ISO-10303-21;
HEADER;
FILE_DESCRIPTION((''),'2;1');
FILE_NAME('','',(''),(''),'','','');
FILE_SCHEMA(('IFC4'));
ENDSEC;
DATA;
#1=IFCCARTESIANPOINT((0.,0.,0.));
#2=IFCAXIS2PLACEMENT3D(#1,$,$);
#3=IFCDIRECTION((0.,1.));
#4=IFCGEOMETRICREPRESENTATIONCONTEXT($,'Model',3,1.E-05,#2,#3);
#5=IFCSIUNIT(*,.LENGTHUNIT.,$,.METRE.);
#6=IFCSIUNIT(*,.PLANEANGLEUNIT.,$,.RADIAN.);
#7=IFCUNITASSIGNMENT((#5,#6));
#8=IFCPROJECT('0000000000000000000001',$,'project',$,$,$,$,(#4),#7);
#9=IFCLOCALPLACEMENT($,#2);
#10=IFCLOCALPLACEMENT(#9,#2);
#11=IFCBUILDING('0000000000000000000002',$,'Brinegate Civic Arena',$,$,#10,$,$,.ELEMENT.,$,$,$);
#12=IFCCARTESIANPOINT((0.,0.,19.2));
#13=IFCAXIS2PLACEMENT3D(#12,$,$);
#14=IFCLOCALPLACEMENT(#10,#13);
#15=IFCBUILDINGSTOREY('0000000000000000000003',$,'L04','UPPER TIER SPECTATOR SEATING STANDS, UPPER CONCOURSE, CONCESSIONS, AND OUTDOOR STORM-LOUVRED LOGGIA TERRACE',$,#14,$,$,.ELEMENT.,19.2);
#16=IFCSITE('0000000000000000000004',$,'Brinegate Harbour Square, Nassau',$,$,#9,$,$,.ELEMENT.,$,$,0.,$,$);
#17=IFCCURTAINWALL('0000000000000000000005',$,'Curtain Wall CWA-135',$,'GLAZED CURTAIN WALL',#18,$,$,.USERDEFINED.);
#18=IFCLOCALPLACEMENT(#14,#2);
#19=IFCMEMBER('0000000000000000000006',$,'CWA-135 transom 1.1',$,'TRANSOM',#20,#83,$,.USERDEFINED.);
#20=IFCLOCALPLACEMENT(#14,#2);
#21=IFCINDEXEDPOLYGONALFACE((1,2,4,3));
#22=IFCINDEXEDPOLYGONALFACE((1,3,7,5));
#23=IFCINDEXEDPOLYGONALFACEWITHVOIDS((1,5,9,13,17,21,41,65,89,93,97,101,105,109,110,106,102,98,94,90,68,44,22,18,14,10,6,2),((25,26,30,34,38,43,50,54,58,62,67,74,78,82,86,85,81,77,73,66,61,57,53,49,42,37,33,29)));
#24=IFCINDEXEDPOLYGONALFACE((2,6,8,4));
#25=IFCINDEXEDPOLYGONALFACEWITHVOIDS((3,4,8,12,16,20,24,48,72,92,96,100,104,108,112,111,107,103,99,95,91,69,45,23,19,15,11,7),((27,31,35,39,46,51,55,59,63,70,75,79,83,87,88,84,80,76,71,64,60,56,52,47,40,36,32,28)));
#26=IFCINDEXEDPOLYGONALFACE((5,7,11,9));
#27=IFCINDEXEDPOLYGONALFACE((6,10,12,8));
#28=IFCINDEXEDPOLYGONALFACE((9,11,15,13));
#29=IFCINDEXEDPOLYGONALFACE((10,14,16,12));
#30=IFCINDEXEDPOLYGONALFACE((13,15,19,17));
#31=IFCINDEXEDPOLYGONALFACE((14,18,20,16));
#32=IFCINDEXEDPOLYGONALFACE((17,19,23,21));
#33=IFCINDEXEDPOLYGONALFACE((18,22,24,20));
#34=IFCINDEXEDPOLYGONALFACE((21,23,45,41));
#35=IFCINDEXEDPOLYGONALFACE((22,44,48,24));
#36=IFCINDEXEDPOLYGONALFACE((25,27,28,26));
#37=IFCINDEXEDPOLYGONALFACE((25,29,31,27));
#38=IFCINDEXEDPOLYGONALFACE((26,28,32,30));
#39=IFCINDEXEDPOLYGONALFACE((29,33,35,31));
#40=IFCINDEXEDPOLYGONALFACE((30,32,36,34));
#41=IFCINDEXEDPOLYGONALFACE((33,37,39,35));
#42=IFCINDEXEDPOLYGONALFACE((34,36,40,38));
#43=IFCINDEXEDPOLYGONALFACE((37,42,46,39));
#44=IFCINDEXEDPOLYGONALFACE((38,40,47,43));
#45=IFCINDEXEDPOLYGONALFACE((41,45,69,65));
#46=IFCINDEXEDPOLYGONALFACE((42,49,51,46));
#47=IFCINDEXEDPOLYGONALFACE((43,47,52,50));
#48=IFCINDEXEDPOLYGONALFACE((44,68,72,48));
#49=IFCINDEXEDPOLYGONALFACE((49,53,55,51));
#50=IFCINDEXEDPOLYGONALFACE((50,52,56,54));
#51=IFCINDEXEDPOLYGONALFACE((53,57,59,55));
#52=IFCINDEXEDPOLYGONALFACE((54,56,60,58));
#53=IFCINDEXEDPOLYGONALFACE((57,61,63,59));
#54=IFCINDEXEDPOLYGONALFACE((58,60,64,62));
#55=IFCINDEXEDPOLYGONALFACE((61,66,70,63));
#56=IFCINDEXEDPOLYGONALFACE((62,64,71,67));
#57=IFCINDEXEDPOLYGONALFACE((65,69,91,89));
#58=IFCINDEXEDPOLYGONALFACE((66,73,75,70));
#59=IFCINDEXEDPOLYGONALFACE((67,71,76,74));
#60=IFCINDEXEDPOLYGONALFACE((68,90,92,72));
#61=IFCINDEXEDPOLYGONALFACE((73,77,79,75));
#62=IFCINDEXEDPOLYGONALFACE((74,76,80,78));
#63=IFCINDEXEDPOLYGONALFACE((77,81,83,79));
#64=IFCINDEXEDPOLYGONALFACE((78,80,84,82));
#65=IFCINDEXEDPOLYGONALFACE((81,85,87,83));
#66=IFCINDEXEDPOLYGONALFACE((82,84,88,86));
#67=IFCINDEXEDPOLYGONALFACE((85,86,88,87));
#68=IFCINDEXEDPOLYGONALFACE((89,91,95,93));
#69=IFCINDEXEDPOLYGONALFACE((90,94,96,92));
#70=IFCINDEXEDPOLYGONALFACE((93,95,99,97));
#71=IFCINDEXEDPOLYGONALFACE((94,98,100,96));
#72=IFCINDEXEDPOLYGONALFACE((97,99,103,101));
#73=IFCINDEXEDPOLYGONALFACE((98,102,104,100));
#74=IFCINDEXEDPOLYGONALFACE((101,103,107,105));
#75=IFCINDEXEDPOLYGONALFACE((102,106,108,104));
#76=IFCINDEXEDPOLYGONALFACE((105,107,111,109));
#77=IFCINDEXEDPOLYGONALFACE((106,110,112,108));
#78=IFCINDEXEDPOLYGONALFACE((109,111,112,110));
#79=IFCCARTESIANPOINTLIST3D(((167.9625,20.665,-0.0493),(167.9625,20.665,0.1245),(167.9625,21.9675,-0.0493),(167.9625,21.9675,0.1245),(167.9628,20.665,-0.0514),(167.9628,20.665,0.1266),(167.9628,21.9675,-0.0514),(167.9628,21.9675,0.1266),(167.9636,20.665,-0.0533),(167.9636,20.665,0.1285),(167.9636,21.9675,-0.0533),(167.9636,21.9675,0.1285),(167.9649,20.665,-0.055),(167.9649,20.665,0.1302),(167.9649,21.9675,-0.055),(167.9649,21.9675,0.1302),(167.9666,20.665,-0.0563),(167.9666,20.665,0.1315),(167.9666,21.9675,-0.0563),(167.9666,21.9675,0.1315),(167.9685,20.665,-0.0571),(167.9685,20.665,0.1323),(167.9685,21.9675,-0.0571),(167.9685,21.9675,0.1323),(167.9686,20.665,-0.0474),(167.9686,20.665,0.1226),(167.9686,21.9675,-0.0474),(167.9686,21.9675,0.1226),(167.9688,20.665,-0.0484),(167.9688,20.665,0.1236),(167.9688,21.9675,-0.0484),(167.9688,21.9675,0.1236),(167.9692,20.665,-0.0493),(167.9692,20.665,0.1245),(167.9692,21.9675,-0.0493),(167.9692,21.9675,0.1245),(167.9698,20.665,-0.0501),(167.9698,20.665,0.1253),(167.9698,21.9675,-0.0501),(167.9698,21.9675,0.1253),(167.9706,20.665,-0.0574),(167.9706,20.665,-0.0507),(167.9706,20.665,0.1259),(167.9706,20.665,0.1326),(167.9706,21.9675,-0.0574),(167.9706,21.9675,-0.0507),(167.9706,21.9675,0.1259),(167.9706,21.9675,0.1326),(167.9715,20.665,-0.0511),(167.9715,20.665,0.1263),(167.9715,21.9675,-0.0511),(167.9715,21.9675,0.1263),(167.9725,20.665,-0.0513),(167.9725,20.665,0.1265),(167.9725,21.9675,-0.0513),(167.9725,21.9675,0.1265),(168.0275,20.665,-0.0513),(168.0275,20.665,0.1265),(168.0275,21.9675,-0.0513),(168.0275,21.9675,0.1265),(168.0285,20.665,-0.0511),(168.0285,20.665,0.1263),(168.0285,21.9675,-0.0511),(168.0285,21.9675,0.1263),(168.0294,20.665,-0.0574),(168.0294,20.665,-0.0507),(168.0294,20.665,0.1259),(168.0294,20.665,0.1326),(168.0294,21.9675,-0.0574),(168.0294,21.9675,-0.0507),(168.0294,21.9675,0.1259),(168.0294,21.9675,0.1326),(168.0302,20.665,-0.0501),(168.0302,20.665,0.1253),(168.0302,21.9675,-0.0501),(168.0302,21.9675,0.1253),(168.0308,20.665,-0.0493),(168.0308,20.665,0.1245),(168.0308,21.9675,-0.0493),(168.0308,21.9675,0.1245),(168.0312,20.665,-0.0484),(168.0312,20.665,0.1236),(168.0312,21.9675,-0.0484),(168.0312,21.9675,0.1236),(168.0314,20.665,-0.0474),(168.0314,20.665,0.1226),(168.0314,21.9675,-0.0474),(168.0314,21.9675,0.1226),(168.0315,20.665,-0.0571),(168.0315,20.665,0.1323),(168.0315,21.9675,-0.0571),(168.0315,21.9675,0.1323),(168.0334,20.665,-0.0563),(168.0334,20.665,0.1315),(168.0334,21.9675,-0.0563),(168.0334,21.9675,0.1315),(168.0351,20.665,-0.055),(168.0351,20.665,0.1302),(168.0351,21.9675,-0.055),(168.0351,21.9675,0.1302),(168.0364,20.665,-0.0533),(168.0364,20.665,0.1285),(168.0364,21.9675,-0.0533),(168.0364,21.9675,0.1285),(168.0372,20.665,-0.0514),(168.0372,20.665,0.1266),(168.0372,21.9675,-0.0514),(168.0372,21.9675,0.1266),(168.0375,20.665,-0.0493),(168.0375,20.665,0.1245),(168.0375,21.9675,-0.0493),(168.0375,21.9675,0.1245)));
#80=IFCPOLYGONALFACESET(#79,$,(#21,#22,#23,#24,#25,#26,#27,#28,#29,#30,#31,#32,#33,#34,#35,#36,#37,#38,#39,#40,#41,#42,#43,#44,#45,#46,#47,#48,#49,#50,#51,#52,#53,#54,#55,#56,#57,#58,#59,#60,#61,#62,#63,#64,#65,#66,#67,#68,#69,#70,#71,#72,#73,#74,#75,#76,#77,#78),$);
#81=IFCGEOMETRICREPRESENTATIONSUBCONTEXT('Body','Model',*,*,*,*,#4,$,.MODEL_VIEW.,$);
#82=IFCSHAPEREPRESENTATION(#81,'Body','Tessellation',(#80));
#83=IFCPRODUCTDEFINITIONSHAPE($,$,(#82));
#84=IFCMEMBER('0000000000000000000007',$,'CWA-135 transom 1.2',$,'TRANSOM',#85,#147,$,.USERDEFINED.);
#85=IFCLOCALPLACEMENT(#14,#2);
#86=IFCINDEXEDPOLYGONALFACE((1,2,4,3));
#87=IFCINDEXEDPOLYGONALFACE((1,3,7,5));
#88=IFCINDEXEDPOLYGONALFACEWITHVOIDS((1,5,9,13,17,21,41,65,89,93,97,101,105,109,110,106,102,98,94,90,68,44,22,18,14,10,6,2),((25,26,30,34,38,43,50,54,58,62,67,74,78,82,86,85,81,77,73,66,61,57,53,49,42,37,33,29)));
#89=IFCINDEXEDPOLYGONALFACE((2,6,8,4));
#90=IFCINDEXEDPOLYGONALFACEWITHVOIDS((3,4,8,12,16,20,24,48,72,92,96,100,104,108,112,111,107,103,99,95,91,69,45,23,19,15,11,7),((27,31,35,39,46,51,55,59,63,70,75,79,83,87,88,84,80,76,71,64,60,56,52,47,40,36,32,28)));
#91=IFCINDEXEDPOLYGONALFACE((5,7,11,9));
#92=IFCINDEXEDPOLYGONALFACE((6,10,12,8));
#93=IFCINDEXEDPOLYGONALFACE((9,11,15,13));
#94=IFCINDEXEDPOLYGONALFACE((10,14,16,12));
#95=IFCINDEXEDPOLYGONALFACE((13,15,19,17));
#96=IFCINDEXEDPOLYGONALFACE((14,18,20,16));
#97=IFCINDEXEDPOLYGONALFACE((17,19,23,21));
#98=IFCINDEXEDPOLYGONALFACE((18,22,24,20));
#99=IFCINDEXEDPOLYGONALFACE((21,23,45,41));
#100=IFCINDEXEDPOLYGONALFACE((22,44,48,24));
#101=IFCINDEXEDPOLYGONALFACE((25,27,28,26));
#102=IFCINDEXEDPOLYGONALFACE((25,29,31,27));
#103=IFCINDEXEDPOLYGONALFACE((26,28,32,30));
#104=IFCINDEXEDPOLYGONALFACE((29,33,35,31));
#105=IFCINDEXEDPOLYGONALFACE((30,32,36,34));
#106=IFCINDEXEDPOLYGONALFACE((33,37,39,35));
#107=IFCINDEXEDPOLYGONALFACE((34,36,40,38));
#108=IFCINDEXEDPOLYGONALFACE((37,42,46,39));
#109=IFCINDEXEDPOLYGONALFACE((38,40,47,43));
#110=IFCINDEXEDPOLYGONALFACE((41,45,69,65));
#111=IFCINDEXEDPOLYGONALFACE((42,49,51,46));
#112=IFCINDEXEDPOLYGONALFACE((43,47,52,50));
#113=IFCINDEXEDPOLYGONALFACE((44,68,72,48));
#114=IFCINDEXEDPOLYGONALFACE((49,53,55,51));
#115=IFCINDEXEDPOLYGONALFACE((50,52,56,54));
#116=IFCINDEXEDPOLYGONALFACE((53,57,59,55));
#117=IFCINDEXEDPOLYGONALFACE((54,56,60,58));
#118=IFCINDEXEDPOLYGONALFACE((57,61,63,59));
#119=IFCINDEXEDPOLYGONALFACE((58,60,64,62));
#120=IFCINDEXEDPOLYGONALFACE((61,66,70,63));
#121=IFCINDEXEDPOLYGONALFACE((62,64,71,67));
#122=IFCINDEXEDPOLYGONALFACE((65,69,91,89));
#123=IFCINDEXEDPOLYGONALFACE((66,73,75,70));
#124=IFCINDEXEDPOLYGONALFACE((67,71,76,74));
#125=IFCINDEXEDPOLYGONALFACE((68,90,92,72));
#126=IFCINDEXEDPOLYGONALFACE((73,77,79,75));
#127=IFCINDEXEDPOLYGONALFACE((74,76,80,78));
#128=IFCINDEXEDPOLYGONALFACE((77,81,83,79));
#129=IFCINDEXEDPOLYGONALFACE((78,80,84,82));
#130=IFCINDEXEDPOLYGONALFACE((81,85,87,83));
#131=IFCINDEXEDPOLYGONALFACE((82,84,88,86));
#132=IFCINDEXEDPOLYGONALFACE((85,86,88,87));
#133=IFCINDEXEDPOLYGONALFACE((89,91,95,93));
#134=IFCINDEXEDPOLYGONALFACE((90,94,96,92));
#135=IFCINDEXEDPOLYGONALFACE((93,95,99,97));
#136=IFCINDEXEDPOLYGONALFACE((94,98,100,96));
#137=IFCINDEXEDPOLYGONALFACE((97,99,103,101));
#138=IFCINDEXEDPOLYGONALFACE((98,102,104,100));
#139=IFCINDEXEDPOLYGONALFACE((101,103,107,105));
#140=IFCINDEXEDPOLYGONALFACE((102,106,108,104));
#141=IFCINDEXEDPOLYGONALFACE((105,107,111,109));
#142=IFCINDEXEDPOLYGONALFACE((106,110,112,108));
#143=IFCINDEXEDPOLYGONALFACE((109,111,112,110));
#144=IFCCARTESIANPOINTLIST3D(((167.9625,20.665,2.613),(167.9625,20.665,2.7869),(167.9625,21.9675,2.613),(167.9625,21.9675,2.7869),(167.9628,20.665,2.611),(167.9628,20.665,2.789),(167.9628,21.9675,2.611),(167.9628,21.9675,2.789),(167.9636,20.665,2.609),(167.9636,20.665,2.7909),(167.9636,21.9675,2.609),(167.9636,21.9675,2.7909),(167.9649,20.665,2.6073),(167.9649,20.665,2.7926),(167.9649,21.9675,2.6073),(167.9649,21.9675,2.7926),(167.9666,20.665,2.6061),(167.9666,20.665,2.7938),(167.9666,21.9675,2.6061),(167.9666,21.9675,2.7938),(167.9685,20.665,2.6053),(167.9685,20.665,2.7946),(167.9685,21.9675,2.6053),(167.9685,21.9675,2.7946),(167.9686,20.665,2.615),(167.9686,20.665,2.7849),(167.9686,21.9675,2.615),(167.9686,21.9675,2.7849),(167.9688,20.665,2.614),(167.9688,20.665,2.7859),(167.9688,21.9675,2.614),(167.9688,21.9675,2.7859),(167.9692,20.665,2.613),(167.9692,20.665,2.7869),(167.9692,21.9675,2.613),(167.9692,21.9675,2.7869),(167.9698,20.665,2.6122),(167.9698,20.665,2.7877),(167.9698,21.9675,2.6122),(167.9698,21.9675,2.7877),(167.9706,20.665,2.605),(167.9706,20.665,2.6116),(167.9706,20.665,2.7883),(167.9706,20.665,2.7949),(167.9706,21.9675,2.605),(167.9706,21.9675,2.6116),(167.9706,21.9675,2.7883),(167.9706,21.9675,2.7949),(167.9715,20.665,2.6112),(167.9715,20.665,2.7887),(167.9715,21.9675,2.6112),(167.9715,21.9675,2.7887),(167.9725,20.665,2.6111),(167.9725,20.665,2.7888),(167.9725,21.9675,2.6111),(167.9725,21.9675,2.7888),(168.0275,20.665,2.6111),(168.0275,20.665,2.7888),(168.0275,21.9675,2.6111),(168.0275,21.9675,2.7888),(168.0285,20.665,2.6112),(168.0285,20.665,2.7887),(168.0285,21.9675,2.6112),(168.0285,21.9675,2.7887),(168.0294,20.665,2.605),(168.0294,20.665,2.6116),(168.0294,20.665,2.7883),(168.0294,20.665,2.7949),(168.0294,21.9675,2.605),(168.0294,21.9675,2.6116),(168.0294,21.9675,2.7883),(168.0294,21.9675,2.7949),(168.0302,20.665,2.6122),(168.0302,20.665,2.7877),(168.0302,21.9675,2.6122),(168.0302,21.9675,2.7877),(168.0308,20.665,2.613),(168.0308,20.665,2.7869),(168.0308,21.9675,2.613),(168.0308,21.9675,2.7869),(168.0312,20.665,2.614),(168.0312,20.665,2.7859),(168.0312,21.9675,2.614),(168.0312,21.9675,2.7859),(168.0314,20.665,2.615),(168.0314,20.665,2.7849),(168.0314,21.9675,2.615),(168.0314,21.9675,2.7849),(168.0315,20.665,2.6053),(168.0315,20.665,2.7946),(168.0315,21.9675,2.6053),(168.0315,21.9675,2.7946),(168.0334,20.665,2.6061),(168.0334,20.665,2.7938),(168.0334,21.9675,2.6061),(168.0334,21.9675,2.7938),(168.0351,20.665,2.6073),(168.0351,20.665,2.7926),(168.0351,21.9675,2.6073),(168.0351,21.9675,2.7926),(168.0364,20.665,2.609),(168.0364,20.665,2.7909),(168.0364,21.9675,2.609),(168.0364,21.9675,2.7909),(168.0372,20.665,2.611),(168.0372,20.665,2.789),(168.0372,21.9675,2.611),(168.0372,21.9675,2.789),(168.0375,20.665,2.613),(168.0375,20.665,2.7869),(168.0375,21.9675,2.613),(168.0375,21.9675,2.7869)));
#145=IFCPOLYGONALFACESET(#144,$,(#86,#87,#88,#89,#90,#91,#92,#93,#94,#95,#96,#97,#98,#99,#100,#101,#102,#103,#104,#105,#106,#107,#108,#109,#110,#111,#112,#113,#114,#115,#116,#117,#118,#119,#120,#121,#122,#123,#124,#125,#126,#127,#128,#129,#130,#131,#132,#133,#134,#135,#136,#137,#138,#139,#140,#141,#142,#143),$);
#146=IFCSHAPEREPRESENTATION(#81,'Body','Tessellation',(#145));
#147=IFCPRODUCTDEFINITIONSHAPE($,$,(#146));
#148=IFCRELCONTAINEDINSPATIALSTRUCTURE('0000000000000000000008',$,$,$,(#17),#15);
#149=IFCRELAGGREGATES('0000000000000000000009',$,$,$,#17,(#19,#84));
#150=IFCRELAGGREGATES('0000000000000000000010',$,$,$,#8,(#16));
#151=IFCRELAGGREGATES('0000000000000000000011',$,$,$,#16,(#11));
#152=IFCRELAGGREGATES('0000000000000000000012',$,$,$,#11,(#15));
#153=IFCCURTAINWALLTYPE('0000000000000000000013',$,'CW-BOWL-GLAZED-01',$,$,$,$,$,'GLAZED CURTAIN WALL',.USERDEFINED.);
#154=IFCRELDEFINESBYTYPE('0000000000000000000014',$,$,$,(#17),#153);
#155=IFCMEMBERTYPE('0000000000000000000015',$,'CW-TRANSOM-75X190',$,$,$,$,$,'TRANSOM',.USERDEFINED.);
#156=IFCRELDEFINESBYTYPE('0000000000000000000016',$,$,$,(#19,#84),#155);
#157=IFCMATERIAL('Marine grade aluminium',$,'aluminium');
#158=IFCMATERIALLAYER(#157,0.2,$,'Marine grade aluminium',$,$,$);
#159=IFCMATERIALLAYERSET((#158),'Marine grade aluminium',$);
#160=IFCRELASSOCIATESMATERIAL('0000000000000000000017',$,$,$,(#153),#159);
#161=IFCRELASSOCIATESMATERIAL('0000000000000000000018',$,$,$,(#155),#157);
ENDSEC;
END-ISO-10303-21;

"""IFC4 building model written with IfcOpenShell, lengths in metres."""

from ifc_helpers import new_model, si_unit, direction, frame, origin, origin_2d, place, context, subcontext, project, spatial, hollow_rectangle, extrude, material, layer, layer_set, material_profile, profile_set, type_object, element, aggregate, save


model = new_model("IFC4")

# Units and contexts
model_context = context("Model", 3, precision=1e-05, world=origin(), true_north=direction((0.0, 1.0)))
body_context = subcontext(model_context, "Body", "Model", "MODEL_VIEW")
ifc_project = project(units=[si_unit("LENGTHUNIT", "METRE"), si_unit("PLANEANGLEUNIT", "RADIAN")], contexts=[model_context])

# Site, building, storey
site_placement = place(None, origin())
site = spatial("IfcSite", under=ifc_project, at=site_placement, Name="Brinegate Harbour Square, Nassau", CompositionType="ELEMENT", RefElevation=0.0)
building_placement = place(site_placement, origin())
building = spatial("IfcBuilding", under=site, at=building_placement, Name="Brinegate Civic Arena", CompositionType="ELEMENT")
storey_placement = place(building_placement, frame((0.0, 0.0, 19.2)))
storey = spatial("IfcBuildingStorey", under=building, at=storey_placement, Name="L04", Description="UPPER TIER SPECTATOR SEATING STANDS, UPPER CONCOURSE, CONCESSIONS, AND OUTDOOR STORM-LOUVRED LOGGIA TERRACE", CompositionType="ELEMENT", Elevation=19.2)

# Curtain wall, members
ifc_material_1 = material(Name="Marine grade aluminium", Category="aluminium")
ifc_layer_1 = layer(ifc_material_1, 0.2, Name="Marine grade aluminium")
ifc_layer_set_1 = layer_set([ifc_layer_1], Name="Marine grade aluminium")
curtain_wall_type = type_object("IfcCurtainWallType", Name="CW-BOWL-GLAZED-01", ElementType="GLAZED CURTAIN WALL", PredefinedType="USERDEFINED", material=ifc_layer_set_1)
curtain_wall_placement = place(storey_placement, origin())
curtain_wall = element("IfcCurtainWall", 1, at=curtain_wall_placement, inside=storey, type_object=curtain_wall_type, Name="Curtain Wall CWA-135", ObjectType="GLAZED CURTAIN WALL", PredefinedType="USERDEFINED")
ifc_material_profile_1 = material_profile(ifc_material_1, hollow_rectangle(XDim=0.075, YDim=0.1899, WallThickness=0.0061, InnerFilletRadius=0.0039, OuterFilletRadius=0.0081, at=origin_2d()), Name="TRN75X190")
ifc_profile_set_1 = profile_set([ifc_material_profile_1], Name="Marine grade aluminium")
member_type_1 = type_object("IfcMemberType", Name="CW-TRANSOM-75X190", ElementType="TRANSOM", PredefinedType="USERDEFINED", material=ifc_profile_set_1)
member_1_placement = place(storey_placement, frame((168.0, 20.665, 0.0376), z_axis=(0.0, 1.0, 0.0), x_axis=(-1.0, 0.0, 0.0)))
member_1 = element("IfcMember", 2, at=member_1_placement, type_object=member_type_1, Name="CWA-135 transom 1.1", ObjectType="TRANSOM", PredefinedType="USERDEFINED", context=body_context, shape_type="SweptSolid", body=[
    extrude(hollow_rectangle(XDim=0.075, YDim=0.1899, WallThickness=0.0061, InnerFilletRadius=0.0039, OuterFilletRadius=0.0081, at=origin_2d()), origin(), (0.0, 0.0, 1.0), 1.3025),
])
member_2_placement = place(storey_placement, frame((168.0, 20.665, 2.7), z_axis=(0.0, 1.0, 0.0), x_axis=(-1.0, 0.0, 0.0)))
member_2 = element("IfcMember", 3, at=member_2_placement, type_object=member_type_1, Name="CWA-135 transom 1.2", ObjectType="TRANSOM", PredefinedType="USERDEFINED", context=body_context, shape_type="SweptSolid", body=[
    extrude(hollow_rectangle(XDim=0.075, YDim=0.1899, WallThickness=0.0061, InnerFilletRadius=0.0039, OuterFilletRadius=0.0081, at=origin_2d()), origin(), (0.0, 0.0, 1.0), 1.3025),
])

aggregate(curtain_wall, [member_1, member_2])

save(model, "model.ifc")
